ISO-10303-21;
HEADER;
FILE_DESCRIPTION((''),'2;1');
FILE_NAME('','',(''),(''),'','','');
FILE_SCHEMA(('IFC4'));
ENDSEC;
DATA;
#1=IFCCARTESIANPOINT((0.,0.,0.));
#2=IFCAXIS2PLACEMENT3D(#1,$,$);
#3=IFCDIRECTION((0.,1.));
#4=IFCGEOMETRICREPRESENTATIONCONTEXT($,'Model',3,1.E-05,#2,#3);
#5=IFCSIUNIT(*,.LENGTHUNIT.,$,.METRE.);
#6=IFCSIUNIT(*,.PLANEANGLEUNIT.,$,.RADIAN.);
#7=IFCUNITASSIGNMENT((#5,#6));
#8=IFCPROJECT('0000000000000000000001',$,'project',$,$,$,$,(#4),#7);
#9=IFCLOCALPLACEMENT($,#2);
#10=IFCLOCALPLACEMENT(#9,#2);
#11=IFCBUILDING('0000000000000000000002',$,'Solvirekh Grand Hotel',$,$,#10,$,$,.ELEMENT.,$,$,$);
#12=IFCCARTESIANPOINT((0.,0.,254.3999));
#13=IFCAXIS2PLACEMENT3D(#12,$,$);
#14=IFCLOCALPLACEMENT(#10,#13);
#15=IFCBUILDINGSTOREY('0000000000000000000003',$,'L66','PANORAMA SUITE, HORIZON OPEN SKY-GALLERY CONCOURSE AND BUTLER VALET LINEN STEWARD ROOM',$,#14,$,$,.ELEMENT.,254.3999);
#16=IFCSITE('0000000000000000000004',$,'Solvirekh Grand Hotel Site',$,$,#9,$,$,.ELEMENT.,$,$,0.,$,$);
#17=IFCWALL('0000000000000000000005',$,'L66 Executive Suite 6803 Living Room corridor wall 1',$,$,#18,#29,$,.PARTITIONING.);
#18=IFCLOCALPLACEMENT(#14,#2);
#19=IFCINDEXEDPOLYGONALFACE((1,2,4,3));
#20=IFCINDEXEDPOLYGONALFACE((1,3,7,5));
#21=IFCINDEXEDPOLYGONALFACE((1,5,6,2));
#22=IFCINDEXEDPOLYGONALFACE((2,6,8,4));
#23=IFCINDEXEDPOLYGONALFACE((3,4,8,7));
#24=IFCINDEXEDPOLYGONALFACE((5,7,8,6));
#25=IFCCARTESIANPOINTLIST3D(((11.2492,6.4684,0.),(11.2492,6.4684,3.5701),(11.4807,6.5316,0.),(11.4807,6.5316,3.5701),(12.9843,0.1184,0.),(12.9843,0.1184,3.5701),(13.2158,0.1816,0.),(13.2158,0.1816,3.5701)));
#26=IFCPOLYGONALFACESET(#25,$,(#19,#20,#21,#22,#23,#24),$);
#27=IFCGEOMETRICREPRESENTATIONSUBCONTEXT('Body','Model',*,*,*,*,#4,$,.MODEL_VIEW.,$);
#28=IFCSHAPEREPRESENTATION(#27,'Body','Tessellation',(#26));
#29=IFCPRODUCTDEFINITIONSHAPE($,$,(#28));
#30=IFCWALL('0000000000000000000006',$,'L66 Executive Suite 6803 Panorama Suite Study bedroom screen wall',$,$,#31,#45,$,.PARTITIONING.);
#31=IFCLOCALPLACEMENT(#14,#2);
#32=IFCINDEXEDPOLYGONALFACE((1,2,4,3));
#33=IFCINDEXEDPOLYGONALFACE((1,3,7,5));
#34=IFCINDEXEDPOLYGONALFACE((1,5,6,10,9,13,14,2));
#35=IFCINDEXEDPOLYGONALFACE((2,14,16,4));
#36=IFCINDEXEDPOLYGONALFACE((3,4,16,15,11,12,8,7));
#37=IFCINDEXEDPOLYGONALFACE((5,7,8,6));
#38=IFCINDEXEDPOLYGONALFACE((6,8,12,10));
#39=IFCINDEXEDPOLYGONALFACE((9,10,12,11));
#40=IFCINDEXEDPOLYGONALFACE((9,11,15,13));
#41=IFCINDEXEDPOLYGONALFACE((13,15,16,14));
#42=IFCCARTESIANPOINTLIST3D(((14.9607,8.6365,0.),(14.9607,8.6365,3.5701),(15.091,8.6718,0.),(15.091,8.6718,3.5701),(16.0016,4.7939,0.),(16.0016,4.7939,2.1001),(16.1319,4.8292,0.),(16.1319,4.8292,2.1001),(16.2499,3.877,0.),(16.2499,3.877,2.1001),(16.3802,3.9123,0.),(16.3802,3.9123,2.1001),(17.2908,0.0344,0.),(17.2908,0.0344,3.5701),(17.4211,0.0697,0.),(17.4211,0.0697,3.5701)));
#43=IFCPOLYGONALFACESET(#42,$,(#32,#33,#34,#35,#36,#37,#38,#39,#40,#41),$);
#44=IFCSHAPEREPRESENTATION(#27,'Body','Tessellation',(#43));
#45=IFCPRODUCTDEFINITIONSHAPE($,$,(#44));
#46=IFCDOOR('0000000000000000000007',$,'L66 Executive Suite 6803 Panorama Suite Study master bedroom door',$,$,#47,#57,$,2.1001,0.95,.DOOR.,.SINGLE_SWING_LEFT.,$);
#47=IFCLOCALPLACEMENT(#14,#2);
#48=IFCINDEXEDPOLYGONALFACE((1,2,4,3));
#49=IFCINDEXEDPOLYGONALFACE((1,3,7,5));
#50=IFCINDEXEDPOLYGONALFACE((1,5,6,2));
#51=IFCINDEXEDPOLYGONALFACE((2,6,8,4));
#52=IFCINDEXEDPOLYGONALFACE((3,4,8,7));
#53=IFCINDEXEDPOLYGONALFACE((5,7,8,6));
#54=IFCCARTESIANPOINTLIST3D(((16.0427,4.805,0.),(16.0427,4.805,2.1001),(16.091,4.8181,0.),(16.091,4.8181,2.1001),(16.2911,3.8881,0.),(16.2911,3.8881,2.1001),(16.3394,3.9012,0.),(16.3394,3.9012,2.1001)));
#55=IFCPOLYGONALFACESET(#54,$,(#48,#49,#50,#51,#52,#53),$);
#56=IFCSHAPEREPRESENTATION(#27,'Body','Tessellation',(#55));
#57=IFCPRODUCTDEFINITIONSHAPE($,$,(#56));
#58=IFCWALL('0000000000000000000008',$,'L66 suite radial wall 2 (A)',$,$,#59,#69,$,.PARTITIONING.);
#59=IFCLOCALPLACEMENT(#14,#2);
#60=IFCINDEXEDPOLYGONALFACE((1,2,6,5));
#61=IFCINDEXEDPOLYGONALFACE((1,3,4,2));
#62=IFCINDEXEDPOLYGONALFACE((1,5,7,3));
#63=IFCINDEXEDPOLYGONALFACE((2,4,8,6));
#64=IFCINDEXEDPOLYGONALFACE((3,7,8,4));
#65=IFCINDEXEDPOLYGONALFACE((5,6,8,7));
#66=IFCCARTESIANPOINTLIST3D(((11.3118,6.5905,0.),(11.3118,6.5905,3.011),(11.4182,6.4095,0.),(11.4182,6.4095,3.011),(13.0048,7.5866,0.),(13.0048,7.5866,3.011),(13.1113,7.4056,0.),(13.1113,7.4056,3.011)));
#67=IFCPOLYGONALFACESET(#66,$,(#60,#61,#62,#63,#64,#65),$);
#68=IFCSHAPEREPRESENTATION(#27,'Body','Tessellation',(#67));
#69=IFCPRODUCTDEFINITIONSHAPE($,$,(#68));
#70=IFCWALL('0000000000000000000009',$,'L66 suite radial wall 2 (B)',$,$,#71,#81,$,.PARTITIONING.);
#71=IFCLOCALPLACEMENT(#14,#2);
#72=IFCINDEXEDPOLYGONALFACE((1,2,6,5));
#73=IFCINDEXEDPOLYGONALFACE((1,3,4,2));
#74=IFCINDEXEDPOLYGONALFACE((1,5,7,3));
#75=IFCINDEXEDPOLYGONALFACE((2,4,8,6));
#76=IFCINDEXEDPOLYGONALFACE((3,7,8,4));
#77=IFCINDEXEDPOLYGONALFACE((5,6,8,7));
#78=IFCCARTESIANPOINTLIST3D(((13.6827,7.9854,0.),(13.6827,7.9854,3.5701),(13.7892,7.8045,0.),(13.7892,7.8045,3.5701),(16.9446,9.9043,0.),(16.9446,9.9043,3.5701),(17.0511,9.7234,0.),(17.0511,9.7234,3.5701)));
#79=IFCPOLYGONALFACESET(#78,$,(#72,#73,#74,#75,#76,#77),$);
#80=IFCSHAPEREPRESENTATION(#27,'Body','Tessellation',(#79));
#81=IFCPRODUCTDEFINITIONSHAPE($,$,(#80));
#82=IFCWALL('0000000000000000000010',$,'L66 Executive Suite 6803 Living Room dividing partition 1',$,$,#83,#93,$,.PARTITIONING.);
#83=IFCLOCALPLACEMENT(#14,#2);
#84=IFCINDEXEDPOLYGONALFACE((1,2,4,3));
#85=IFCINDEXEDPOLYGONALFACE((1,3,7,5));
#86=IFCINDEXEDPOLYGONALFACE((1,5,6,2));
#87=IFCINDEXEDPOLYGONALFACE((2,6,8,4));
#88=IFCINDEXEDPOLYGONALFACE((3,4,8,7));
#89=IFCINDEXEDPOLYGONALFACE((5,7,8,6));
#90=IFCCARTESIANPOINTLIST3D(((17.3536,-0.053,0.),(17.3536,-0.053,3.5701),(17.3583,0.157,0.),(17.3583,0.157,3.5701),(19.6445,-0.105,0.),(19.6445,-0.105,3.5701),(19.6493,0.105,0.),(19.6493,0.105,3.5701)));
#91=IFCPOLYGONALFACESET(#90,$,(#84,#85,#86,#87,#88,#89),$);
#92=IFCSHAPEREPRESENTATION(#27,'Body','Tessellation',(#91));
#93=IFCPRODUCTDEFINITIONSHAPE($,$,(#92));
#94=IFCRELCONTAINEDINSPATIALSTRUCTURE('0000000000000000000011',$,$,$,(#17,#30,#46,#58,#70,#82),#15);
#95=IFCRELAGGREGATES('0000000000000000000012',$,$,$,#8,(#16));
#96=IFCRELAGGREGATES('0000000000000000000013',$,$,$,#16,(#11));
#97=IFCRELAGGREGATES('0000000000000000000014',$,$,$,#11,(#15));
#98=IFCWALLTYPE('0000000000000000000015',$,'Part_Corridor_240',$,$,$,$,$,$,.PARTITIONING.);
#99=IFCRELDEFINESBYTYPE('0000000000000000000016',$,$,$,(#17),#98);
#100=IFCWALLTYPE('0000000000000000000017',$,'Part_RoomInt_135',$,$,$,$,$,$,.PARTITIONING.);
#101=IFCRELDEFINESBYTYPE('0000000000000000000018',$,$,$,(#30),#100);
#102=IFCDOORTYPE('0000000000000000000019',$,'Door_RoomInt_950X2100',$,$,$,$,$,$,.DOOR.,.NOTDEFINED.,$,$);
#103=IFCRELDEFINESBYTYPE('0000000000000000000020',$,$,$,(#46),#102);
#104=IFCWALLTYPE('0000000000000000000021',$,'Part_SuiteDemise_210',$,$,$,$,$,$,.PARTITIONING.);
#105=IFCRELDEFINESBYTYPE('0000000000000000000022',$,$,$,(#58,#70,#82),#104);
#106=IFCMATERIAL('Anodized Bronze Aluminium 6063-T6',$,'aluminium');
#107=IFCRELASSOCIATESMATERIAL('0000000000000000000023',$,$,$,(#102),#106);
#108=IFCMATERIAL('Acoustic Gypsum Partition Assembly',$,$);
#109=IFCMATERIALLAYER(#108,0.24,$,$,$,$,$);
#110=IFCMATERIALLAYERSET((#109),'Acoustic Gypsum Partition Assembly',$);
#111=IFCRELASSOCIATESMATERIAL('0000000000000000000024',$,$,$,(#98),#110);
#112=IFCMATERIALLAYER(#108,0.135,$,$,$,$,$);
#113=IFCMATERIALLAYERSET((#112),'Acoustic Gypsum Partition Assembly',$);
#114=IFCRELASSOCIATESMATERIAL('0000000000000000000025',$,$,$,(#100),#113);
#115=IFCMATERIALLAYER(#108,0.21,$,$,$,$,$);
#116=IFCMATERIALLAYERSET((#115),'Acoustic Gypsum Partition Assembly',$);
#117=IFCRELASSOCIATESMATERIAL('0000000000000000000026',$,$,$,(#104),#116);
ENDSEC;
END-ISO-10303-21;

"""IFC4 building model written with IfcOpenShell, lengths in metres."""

from ifc_helpers import new_model, si_unit, direction, frame, frame_2d, origin, place, context, subcontext, project, spatial, rectangle, extrude, material, layer, layer_set, type_object, element, fill, save


model = new_model("IFC4")

# Units and contexts
model_context = context("Model", 3, precision=1e-05, world=origin(), true_north=direction((0.0, 1.0)))
body_context = subcontext(model_context, "Body", "Model", "MODEL_VIEW")
ifc_project = project(units=[si_unit("LENGTHUNIT", "METRE"), si_unit("PLANEANGLEUNIT", "RADIAN")], contexts=[model_context])

# Site, building, storey
site_placement = place(None, origin())
site = spatial("IfcSite", under=ifc_project, at=site_placement, Name="Solvirekh Grand Hotel Site", CompositionType="ELEMENT", RefElevation=0.0)
building_placement = place(site_placement, origin())
building = spatial("IfcBuilding", under=site, at=building_placement, Name="Solvirekh Grand Hotel", CompositionType="ELEMENT")
storey_placement = place(building_placement, frame((0.0, 0.0, 254.3999)))
storey = spatial("IfcBuildingStorey", under=building, at=storey_placement, Name="L66", Description="PANORAMA SUITE, HORIZON OPEN SKY-GALLERY CONCOURSE AND BUTLER VALET LINEN STEWARD ROOM", CompositionType="ELEMENT", Elevation=254.3999)

# Shared definitions
ifc_material_1 = material(Name="Anodized Bronze Aluminium 6063-T6", Category="aluminium")

# Shared definitions
ifc_material_2 = material(Name="Acoustic Gypsum Partition Assembly")
door_type_1 = type_object("IfcDoorType", Name="Door_RoomInt_950X2100", OperationType="NOTDEFINED", PredefinedType="DOOR", material=ifc_material_1)

# Shared definitions
ifc_layer_1 = layer(ifc_material_2, 0.24)
ifc_layer_set_1 = layer_set([ifc_layer_1], Name="Acoustic Gypsum Partition Assembly")
wall_type_1 = type_object("IfcWallType", Name="Part_Corridor_240", PredefinedType="PARTITIONING", material=ifc_layer_set_1)

# Wall
wall_1_placement = place(storey_placement, frame((13.1001, 0.1499, 0.0), z_axis=(0.0, 0.0, 1.0), x_axis=(-0.263579, 0.964638, 0.0)))
element("IfcWall", 1, at=wall_1_placement, inside=storey, type_object=wall_type_1, Name="L66 Executive Suite 6803 Living Room corridor wall 1", PredefinedType="PARTITIONING", context=body_context, shape_type="SweptSolid", body=[
    extrude(rectangle(XDim=6.5828, YDim=0.24, at=frame_2d((3.2915, 0.0))), origin(), (0.0, 0.0, 1.0), 3.5701),
])

# Wall, opening, door
ifc_layer_2 = layer(ifc_material_2, 0.135)
ifc_layer_set_2 = layer_set([ifc_layer_2], Name="Acoustic Gypsum Partition Assembly")
wall_type_2 = type_object("IfcWallType", Name="Part_RoomInt_135", PredefinedType="PARTITIONING", material=ifc_layer_set_2)
wall_2_placement = place(storey_placement, frame((17.356, 0.052, 0.0), z_axis=(0.0, 0.0, 1.0), x_axis=(-0.261453, 0.965216, 0.0)))
wall_2 = element("IfcWall", 2, at=wall_2_placement, inside=storey, type_object=wall_type_2, Name="L66 Executive Suite 6803 Panorama Suite Study bedroom screen wall", PredefinedType="PARTITIONING", context=body_context, shape_type="SweptSolid", body=[
    extrude(rectangle(XDim=8.9121, YDim=0.135, at=frame_2d((4.4561, 0.0))), origin(), (0.0, 0.0, 1.0), 3.5701),
])
opening_1_placement = place(wall_2_placement, frame((3.981, 0.0, 0.0)))
opening_1 = element("IfcOpeningElement", 3, at=opening_1_placement, cuts=wall_2, PredefinedType="OPENING", context=body_context, shape_type="SweptSolid", body=[
    extrude(rectangle(XDim=0.95, YDim=2.1001, at=frame_2d((0.4751, 1.05))), frame((0.0, 0.0776, 0.0), z_axis=(0.0, -1.0, 0.0), x_axis=(1.0, 0.0, 0.0)), (0.0, 0.0, 1.0), 0.155),
])
door_1_placement = place(opening_1_placement, origin())
door_1 = element("IfcDoor", 4, at=door_1_placement, inside=storey, type_object=door_type_1, Name="L66 Executive Suite 6803 Panorama Suite Study master bedroom door", OperationType="SINGLE_SWING_LEFT", OverallHeight=2.1001, OverallWidth=0.95, PredefinedType="DOOR", context=body_context, shape_type="SweptSolid", body=[
    extrude(rectangle(XDim=0.95, YDim=2.1001, at=frame_2d((0.4751, 1.05))), frame((0.0, 0.0249, 0.0), z_axis=(0.0, -1.0, 0.0), x_axis=(1.0, 0.0, 0.0)), (0.0, 0.0, 1.0), 0.05),
])
fill(opening_1, door_1)

# Walls
ifc_layer_3 = layer(ifc_material_2, 0.21)
ifc_layer_set_3 = layer_set([ifc_layer_3], Name="Acoustic Gypsum Partition Assembly")
wall_type_3 = type_object("IfcWallType", Name="Part_SuiteDemise_210", PredefinedType="PARTITIONING", material=ifc_layer_set_3)
wall_3_placement = place(storey_placement, frame((11.365, 6.5, 0.0), z_axis=(0.0, 0.0, 1.0), x_axis=(0.861902, 0.507074, 0.0)))
element("IfcWall", 5, at=wall_3_placement, inside=storey, type_object=wall_type_3, Name="L66 suite radial wall 2 (A)", PredefinedType="PARTITIONING", context=body_context, shape_type="SweptSolid", body=[
    extrude(rectangle(XDim=1.9644, YDim=0.21, at=frame_2d((0.9822, 0.0))), origin(), (0.0, 0.0, 1.0), 3.011),
])
wall_4_placement = place(storey_placement, frame((13.7361, 7.895, 0.0), z_axis=(0.0, 0.0, 1.0), x_axis=(0.861918, 0.507048, 0.0)))
element("IfcWall", 6, at=wall_4_placement, inside=storey, type_object=wall_type_3, Name="L66 suite radial wall 2 (B)", PredefinedType="PARTITIONING", context=body_context, shape_type="SweptSolid", body=[
    extrude(rectangle(XDim=3.7844, YDim=0.21, at=frame_2d((1.8921, 0.0))), origin(), (0.0, 0.0, 1.0), 3.5701),
])
wall_5_placement = place(storey_placement, frame((17.356, 0.052, 0.0), z_axis=(0.0, 0.0, 1.0), x_axis=(0.999742, -0.022692, 0.0)))
element("IfcWall", 7, at=wall_5_placement, inside=storey, type_object=wall_type_3, Name="L66 Executive Suite 6803 Living Room dividing partition 1", PredefinedType="PARTITIONING", context=body_context, shape_type="SweptSolid", body=[
    extrude(rectangle(XDim=2.2915, YDim=0.21, at=frame_2d((1.1458, 0.0))), origin(), (0.0, 0.0, 1.0), 3.5701),
])

save(model, "model.ifc")
